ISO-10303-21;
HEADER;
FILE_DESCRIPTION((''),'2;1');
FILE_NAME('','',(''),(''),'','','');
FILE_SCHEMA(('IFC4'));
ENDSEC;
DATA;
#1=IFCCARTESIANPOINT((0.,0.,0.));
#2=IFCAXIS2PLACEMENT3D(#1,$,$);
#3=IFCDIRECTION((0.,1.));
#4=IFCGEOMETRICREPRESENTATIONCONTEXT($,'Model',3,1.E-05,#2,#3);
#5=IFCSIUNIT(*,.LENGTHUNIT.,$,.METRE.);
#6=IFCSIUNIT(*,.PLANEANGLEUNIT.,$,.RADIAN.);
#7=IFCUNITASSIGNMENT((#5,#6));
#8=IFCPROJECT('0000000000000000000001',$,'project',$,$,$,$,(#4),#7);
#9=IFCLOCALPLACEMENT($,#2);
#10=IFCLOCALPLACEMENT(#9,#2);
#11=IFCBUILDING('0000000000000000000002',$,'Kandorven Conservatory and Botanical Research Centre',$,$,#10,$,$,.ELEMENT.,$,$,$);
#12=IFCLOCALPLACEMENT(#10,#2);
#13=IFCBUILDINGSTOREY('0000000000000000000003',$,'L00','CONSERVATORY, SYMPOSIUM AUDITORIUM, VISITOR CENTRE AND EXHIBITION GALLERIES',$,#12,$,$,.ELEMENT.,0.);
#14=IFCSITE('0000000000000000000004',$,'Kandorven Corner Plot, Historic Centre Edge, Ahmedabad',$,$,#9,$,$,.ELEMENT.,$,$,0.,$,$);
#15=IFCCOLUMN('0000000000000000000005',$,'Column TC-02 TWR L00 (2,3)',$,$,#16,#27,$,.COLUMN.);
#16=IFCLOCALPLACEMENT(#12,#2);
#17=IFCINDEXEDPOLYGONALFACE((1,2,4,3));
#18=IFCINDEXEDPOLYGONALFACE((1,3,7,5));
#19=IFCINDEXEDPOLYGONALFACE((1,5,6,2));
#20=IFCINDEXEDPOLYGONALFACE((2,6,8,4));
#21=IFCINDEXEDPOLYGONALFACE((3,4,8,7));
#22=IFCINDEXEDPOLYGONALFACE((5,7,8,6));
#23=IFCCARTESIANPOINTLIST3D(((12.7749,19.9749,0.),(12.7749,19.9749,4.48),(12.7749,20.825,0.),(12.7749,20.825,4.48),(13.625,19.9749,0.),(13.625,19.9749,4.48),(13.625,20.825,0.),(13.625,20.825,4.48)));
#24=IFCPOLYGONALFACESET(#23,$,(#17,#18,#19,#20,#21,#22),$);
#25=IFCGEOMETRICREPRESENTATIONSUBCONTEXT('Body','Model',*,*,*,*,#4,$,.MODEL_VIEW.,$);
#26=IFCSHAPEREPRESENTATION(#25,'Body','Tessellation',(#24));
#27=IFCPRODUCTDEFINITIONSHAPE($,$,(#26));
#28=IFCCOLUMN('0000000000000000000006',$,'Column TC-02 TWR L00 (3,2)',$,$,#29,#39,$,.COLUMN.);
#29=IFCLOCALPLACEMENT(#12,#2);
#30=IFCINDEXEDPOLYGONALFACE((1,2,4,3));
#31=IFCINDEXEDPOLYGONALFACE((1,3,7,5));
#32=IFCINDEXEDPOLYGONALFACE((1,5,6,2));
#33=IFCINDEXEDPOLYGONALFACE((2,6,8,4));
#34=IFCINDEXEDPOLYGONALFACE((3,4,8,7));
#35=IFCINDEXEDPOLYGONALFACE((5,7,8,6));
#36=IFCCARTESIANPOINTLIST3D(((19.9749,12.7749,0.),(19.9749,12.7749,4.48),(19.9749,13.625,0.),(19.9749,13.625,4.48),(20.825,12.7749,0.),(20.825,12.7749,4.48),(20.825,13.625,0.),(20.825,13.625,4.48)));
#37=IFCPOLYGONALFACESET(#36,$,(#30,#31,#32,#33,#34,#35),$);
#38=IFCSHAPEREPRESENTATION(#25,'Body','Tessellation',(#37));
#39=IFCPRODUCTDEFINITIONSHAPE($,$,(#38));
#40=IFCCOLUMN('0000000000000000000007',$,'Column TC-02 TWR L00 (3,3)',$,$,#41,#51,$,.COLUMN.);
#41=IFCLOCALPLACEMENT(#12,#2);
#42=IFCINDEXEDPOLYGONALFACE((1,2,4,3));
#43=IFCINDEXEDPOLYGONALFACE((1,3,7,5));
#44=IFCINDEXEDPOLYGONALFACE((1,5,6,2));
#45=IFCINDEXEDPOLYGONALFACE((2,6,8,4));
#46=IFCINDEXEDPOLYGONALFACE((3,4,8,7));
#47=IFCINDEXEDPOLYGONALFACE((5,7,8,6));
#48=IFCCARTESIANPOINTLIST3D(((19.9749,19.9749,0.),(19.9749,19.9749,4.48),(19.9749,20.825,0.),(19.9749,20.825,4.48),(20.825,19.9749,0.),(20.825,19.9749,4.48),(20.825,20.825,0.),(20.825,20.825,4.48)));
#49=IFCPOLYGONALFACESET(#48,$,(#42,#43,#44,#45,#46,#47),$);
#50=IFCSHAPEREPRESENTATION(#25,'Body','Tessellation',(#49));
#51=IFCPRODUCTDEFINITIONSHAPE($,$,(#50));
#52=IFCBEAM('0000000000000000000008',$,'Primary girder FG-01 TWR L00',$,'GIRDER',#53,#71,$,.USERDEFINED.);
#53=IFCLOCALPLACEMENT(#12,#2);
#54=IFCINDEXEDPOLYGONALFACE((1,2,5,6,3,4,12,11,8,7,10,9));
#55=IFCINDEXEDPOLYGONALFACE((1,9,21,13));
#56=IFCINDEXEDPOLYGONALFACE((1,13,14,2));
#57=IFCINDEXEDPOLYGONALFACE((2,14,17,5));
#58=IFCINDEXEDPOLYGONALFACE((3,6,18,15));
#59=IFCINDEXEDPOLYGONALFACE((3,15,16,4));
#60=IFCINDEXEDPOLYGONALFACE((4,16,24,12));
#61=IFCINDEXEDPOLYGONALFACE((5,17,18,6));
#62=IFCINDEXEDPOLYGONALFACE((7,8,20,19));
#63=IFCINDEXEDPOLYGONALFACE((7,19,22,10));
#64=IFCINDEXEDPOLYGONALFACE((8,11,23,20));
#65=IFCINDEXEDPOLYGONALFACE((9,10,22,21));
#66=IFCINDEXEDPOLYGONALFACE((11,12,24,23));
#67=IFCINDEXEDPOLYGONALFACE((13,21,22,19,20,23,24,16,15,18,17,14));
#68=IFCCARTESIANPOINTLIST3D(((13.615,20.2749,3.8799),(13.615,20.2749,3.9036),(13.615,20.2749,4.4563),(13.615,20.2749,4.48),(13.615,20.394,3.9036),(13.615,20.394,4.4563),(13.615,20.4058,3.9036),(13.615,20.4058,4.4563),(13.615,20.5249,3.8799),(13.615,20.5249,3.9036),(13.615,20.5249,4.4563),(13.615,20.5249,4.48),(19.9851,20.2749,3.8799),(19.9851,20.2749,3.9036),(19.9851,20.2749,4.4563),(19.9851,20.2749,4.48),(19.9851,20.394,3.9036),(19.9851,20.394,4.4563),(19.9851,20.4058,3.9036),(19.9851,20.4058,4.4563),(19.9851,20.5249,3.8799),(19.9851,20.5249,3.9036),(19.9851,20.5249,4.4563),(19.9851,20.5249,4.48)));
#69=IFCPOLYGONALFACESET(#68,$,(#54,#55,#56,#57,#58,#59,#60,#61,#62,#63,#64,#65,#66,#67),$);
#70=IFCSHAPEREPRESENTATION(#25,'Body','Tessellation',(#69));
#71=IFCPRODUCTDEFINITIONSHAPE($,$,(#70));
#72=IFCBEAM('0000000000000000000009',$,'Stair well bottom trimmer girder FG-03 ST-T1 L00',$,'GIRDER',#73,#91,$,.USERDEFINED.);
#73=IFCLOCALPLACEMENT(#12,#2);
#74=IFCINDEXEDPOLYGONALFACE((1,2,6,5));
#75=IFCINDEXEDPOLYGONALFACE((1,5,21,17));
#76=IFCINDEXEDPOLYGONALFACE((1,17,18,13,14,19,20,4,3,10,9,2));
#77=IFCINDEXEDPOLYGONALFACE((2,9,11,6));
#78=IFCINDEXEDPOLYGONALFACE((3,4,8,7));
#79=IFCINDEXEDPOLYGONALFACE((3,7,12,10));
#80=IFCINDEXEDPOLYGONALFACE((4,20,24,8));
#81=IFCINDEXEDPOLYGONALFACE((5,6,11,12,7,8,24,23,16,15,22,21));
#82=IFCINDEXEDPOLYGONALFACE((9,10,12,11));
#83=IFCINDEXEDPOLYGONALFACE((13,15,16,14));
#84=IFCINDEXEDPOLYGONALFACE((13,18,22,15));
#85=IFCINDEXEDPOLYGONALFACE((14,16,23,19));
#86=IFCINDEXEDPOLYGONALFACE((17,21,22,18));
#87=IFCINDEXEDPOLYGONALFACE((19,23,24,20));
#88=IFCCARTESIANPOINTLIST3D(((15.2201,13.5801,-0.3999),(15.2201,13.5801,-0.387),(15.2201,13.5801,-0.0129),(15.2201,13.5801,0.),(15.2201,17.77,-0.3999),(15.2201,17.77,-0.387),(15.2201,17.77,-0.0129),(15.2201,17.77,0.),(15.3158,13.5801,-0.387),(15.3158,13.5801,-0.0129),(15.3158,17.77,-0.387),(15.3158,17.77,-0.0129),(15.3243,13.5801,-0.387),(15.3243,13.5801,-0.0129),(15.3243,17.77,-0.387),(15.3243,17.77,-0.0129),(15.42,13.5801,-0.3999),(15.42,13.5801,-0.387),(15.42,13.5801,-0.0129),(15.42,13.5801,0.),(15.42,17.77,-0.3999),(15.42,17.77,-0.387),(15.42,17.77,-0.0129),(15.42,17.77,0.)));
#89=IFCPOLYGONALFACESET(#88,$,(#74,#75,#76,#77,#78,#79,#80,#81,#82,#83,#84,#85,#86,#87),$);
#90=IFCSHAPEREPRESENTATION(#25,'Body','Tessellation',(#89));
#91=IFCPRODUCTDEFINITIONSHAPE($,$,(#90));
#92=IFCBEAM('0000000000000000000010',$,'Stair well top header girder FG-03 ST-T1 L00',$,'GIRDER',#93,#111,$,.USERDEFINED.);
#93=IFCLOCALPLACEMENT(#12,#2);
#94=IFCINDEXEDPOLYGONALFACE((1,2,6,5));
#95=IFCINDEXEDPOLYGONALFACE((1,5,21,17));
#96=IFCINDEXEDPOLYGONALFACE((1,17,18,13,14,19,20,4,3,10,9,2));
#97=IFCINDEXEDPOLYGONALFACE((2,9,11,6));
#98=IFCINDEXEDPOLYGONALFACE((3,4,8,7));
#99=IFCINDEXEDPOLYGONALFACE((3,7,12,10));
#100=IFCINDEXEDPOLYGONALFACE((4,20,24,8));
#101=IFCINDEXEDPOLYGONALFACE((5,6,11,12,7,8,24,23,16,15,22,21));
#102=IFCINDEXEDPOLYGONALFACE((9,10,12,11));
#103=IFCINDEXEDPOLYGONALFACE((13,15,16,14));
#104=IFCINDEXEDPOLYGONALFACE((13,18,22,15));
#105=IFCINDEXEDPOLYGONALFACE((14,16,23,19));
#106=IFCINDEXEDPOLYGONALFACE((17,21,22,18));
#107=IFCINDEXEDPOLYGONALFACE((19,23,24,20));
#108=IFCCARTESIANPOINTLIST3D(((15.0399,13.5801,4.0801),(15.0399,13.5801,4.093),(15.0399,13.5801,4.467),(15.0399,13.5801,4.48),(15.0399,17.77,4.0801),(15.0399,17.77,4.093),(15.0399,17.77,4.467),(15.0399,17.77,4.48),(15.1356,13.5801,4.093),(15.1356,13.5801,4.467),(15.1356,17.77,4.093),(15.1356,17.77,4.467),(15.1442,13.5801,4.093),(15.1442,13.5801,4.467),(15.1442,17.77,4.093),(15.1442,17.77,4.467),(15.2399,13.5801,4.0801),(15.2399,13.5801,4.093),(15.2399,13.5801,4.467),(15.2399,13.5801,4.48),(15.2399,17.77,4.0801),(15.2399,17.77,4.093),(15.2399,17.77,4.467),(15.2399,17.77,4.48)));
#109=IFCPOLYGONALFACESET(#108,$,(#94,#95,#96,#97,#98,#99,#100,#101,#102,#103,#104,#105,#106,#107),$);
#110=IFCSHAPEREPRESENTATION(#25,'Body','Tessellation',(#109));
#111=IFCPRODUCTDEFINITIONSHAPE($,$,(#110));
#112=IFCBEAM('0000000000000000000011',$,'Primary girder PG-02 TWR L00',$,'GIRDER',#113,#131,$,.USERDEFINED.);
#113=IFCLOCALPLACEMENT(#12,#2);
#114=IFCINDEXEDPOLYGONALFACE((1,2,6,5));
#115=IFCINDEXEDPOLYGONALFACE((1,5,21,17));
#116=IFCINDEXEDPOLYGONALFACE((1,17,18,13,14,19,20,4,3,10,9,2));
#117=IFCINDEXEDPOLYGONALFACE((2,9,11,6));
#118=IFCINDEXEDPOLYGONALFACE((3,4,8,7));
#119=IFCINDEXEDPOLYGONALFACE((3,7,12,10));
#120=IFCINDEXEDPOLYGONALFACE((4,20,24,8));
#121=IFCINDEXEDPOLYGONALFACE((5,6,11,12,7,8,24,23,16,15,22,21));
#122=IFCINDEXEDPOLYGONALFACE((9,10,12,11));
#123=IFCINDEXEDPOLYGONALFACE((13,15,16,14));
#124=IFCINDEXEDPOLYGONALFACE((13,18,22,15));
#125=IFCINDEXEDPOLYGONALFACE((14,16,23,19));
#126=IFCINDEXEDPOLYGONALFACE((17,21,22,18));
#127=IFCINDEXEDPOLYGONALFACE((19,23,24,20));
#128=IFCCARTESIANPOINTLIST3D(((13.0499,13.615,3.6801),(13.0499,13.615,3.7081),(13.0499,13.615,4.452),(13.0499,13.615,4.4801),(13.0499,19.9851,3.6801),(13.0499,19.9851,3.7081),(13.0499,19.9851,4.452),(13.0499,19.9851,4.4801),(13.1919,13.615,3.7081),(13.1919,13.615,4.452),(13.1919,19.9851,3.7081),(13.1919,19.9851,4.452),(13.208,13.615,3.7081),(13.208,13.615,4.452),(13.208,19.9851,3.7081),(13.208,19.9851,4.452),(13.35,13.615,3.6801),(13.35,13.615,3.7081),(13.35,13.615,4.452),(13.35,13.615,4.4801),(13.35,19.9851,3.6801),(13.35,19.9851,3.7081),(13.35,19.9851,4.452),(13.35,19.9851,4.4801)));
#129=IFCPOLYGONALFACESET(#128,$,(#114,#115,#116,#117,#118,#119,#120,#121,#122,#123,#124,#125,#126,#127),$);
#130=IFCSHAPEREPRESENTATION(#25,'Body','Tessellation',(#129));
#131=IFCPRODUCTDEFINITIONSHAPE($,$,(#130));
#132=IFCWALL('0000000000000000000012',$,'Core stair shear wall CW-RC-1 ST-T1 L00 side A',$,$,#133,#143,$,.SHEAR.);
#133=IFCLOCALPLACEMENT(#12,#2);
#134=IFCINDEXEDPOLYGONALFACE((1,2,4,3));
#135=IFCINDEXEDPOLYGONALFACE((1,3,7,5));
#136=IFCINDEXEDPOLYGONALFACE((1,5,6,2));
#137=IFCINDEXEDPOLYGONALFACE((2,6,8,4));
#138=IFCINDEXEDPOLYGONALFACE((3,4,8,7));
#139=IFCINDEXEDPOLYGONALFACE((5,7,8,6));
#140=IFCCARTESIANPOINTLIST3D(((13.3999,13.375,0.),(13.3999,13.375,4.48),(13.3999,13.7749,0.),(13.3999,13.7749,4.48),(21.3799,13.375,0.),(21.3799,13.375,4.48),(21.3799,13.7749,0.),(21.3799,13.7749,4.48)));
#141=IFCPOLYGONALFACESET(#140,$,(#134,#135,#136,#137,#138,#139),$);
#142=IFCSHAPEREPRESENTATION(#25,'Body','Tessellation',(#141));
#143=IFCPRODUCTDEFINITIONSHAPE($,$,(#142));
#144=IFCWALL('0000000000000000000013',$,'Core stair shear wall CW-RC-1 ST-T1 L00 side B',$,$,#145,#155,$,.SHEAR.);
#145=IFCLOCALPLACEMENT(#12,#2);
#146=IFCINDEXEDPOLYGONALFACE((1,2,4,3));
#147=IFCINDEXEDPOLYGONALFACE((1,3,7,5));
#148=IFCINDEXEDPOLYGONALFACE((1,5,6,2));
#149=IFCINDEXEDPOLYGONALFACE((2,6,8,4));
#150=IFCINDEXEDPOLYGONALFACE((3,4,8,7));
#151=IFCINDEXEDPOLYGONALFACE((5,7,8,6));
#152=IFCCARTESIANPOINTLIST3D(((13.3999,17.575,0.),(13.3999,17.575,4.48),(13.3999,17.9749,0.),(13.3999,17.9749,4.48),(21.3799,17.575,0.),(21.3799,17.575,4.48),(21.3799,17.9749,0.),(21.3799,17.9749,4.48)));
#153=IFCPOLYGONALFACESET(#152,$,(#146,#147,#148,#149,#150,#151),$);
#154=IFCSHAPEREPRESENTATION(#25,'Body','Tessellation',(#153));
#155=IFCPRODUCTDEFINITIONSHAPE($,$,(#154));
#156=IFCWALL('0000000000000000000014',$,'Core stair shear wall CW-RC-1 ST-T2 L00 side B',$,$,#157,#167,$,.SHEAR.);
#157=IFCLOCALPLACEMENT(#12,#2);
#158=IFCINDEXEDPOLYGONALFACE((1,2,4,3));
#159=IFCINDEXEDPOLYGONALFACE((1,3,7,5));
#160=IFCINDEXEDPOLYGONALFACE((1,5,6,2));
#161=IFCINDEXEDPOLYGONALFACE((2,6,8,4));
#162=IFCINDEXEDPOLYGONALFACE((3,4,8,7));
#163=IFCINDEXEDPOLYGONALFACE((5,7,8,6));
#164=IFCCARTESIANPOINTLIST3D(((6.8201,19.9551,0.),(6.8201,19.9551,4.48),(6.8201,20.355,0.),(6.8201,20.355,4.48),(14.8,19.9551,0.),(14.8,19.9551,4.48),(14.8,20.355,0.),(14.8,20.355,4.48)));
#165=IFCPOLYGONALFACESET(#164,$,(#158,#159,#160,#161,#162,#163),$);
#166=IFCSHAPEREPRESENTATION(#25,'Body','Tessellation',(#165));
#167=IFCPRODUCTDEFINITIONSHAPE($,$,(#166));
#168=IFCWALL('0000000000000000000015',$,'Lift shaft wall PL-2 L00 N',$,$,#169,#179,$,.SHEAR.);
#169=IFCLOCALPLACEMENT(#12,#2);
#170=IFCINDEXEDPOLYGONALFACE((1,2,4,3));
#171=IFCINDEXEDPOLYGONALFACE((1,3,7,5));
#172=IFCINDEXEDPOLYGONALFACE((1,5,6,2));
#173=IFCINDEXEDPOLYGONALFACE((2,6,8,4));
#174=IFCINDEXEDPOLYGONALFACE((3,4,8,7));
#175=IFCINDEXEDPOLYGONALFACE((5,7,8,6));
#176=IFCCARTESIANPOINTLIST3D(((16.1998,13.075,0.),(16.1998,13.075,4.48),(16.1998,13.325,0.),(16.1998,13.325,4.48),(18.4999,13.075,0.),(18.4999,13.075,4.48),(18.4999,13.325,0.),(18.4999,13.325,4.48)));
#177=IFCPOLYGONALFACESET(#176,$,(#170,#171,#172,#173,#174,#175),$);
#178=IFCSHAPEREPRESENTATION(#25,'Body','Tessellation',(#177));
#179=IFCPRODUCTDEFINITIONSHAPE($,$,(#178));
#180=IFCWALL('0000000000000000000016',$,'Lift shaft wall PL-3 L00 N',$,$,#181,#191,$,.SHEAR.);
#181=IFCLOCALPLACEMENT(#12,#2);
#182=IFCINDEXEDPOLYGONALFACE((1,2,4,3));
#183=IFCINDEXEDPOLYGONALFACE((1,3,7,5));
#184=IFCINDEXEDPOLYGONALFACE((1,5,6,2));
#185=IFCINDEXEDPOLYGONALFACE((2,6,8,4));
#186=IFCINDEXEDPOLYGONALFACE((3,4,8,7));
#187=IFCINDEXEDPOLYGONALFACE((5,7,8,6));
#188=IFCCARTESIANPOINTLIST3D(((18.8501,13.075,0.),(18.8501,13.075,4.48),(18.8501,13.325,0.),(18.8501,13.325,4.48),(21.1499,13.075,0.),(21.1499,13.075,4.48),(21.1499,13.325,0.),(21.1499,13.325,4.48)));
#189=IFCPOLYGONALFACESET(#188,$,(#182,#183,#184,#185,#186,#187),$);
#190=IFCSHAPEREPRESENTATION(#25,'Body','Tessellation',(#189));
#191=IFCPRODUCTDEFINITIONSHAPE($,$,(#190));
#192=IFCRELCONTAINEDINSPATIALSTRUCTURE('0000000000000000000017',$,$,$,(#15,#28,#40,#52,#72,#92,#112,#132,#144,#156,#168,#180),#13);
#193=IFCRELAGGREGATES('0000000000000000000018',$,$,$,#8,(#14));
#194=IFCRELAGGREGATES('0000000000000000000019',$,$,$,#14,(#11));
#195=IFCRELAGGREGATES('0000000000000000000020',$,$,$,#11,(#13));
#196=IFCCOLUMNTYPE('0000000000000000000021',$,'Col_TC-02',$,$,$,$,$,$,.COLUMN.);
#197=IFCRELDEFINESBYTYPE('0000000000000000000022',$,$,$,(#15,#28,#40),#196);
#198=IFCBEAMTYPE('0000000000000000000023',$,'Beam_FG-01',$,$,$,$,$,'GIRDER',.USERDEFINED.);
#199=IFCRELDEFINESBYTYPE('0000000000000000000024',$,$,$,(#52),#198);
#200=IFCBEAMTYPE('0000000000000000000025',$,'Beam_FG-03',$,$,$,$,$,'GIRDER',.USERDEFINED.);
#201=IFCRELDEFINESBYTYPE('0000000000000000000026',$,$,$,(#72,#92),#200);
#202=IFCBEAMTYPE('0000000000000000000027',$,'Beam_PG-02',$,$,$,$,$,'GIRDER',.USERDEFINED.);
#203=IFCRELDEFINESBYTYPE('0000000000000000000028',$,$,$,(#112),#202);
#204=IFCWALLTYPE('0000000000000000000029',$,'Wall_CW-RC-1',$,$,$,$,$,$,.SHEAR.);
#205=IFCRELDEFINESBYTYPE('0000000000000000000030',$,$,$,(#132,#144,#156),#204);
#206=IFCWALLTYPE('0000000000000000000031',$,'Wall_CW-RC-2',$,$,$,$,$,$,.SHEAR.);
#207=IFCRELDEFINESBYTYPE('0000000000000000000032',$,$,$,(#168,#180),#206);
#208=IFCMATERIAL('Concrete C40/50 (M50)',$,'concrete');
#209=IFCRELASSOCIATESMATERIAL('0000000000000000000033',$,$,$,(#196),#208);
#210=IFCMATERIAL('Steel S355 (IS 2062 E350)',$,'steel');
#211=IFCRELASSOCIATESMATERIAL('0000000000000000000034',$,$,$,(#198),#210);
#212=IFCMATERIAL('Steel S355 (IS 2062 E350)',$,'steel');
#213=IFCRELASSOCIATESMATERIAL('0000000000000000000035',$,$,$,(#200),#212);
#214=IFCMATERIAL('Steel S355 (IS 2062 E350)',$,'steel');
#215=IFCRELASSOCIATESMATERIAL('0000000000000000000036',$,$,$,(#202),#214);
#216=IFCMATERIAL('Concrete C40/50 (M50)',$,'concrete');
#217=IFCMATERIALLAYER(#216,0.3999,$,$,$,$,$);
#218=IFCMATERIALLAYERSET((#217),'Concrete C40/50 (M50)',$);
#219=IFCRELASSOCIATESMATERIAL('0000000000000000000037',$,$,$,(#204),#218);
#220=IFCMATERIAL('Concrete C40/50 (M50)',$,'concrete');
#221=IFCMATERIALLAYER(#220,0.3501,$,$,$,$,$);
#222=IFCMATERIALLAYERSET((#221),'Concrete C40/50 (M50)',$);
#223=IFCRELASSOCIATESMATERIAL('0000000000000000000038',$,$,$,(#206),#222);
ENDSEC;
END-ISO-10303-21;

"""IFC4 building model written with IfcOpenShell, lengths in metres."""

from ifc_helpers import new_model, si_unit, direction, frame, frame_2d, origin, origin_2d, place, context, subcontext, project, spatial, rectangle, i_section, extrude, material, layer, layer_set, material_profile, profile_set, type_object, element, save


model = new_model("IFC4")

# Units and contexts
model_context = context("Model", 3, precision=1e-05, world=origin(), true_north=direction((0.0, 1.0)))
body_context = subcontext(model_context, "Body", "Model", "MODEL_VIEW")
ifc_project = project(units=[si_unit("LENGTHUNIT", "METRE"), si_unit("PLANEANGLEUNIT", "RADIAN")], contexts=[model_context])

# Site, building, storey
site_placement = place(None, origin())
site = spatial("IfcSite", under=ifc_project, at=site_placement, Name="Kandorven Corner Plot, Historic Centre Edge, Ahmedabad", CompositionType="ELEMENT", RefElevation=0.0)
building_placement = place(site_placement, origin())
building = spatial("IfcBuilding", under=site, at=building_placement, Name="Kandorven Conservatory and Botanical Research Centre", CompositionType="ELEMENT")
storey_placement = place(building_placement, origin())
storey = spatial("IfcBuildingStorey", under=building, at=storey_placement, Name="L00", Description="CONSERVATORY, SYMPOSIUM AUDITORIUM, VISITOR CENTRE AND EXHIBITION GALLERIES", CompositionType="ELEMENT", Elevation=0.0)

# Columns
ifc_material_1 = material(Name="Concrete C40/50 (M50)", Category="concrete")
ifc_material_profile_1 = material_profile(ifc_material_1, rectangle(XDim=0.8501, YDim=0.8501, at=origin_2d()))
ifc_profile_set_1 = profile_set([ifc_material_profile_1], Name="Concrete C40/50 (M50)")
column_type = type_object("IfcColumnType", Name="Col_TC-02", PredefinedType="COLUMN", material=ifc_profile_set_1)
for number, where, z_axis, x_axis, name in (
    (1, (13.2, 20.3999, 0.0), (0.0, 0.0, 1.0), (1.0, 0.0, 0.0), "Column TC-02 TWR L00 (2,3)"),
    (2, (20.3999, 13.2, 0.0), (0.0, 0.0, 1.0), (1.0, 0.0, 0.0), "Column TC-02 TWR L00 (3,2)"),
    (3, (20.3999, 20.3999, 0.0), (0.0, 0.0, 1.0), (1.0, 0.0, 0.0), "Column TC-02 TWR L00 (3,3)"),
):
    element("IfcColumn", number, at=place(storey_placement, frame(where, z_axis=z_axis, x_axis=x_axis)), inside=storey, type_object=column_type, Name=name, PredefinedType="COLUMN", context=body_context, shape_type="SweptSolid", body=[
        extrude(rectangle(XDim=0.8501, YDim=0.8501, at=origin_2d()), origin(), (0.0, 0.0, 1.0), 4.48),
    ])

# Beams
ifc_material_2 = material(Name="Steel S355 (IS 2062 E350)", Category="steel")
ifc_material_profile_2 = material_profile(ifc_material_2, i_section(OverallWidth=0.25, OverallDepth=0.6001, WebThickness=0.0117, FlangeThickness=0.0237, at=origin_2d()))
ifc_profile_set_2 = profile_set([ifc_material_profile_2], Name="Steel S355 (IS 2062 E350)")
beam_type_1 = type_object("IfcBeamType", Name="Beam_FG-01", ElementType="GIRDER", PredefinedType="USERDEFINED", material=ifc_profile_set_2)
beam_1_placement = place(storey_placement, frame((13.615, 20.3999, 4.1799), z_axis=(1.0, 0.0, 0.0), x_axis=(0.0, 1.0, 0.0)))
element("IfcBeam", 4, at=beam_1_placement, inside=storey, type_object=beam_type_1, Name="Primary girder FG-01 TWR L00", ObjectType="GIRDER", PredefinedType="USERDEFINED", context=body_context, shape_type="SweptSolid", body=[
    extrude(i_section(OverallWidth=0.25, OverallDepth=0.6001, WebThickness=0.0117, FlangeThickness=0.0237, at=origin_2d()), origin(), (0.0, 0.0, 1.0), 6.3701),
])
ifc_material_3 = material(Name="Steel S355 (IS 2062 E350)", Category="steel")
ifc_material_profile_3 = material_profile(ifc_material_3, i_section(OverallWidth=0.2, OverallDepth=0.3999, WebThickness=0.0085, FlangeThickness=0.0129, at=origin_2d()))
ifc_profile_set_3 = profile_set([ifc_material_profile_3], Name="Steel S355 (IS 2062 E350)")
beam_type_2 = type_object("IfcBeamType", Name="Beam_FG-03", ElementType="GIRDER", PredefinedType="USERDEFINED", material=ifc_profile_set_3)
for number, where, z_axis, x_axis, name in (
    (5, (15.3201, 13.5801, -0.2), (0.0, 1.0, 0.0), (-1.0, 0.0, 0.0), "Stair well bottom trimmer girder FG-03 ST-T1 L00"),
    (6, (15.1399, 13.5801, 4.28), (0.0, 1.0, 0.0), (-1.0, 0.0, 0.0), "Stair well top header girder FG-03 ST-T1 L00"),
):
    element("IfcBeam", number, at=place(storey_placement, frame(where, z_axis=z_axis, x_axis=x_axis)), inside=storey, type_object=beam_type_2, Name=name, ObjectType="GIRDER", PredefinedType="USERDEFINED", context=body_context, shape_type="SweptSolid", body=[
        extrude(i_section(OverallWidth=0.2, OverallDepth=0.3999, WebThickness=0.0085, FlangeThickness=0.0129, at=origin_2d()), origin(), (0.0, 0.0, 1.0), 4.1899),
    ])
ifc_material_4 = material(Name="Steel S355 (IS 2062 E350)", Category="steel")
ifc_material_profile_4 = material_profile(ifc_material_4, i_section(OverallWidth=0.3, OverallDepth=0.8, WebThickness=0.0161, FlangeThickness=0.0281, at=origin_2d()))
ifc_profile_set_4 = profile_set([ifc_material_profile_4], Name="Steel S355 (IS 2062 E350)")
beam_type_3 = type_object("IfcBeamType", Name="Beam_PG-02", ElementType="GIRDER", PredefinedType="USERDEFINED", material=ifc_profile_set_4)
beam_2_placement = place(storey_placement, frame((13.2, 13.615, 4.0801), z_axis=(0.0, 1.0, 0.0), x_axis=(-1.0, 0.0, 0.0)))
element("IfcBeam", 7, at=beam_2_placement, inside=storey, type_object=beam_type_3, Name="Primary girder PG-02 TWR L00", ObjectType="GIRDER", PredefinedType="USERDEFINED", context=body_context, shape_type="SweptSolid", body=[
    extrude(i_section(OverallWidth=0.3, OverallDepth=0.8, WebThickness=0.0161, FlangeThickness=0.0281, at=origin_2d()), origin(), (0.0, 0.0, 1.0), 6.3701),
])

# Walls
ifc_material_5 = material(Name="Concrete C40/50 (M50)", Category="concrete")
ifc_layer_1 = layer(ifc_material_5, 0.3999)
ifc_layer_set_1 = layer_set([ifc_layer_1], Name="Concrete C40/50 (M50)")
wall_type_1 = type_object("IfcWallType", Name="Wall_CW-RC-1", PredefinedType="SHEAR", material=ifc_layer_set_1)
for number, where, z_axis, x_axis, name in (
    (8, (13.3999, 13.575, 0.0), (0.0, 0.0, 1.0), (1.0, 0.0, 0.0), "Core stair shear wall CW-RC-1 ST-T1 L00 side A"),
    (9, (13.3999, 17.7749, 0.0), (0.0, 0.0, 1.0), (1.0, 0.0, 0.0), "Core stair shear wall CW-RC-1 ST-T1 L00 side B"),
    (10, (14.8, 20.155, 0.0), (0.0, 0.0, 1.0), (-1.0, 0.0, 0.0), "Core stair shear wall CW-RC-1 ST-T2 L00 side B"),
):
    element("IfcWall", number, at=place(storey_placement, frame(where, z_axis=z_axis, x_axis=x_axis)), inside=storey, type_object=wall_type_1, Name=name, PredefinedType="SHEAR", context=body_context, shape_type="SweptSolid", body=[
        extrude(rectangle(XDim=7.98, YDim=0.3999, at=frame_2d((3.99, 0.0))), origin(), (0.0, 0.0, 1.0), 4.48),
    ])
ifc_material_6 = material(Name="Concrete C40/50 (M50)", Category="concrete")
ifc_layer_2 = layer(ifc_material_6, 0.3501)
ifc_layer_set_2 = layer_set([ifc_layer_2], Name="Concrete C40/50 (M50)")
wall_type_2 = type_object("IfcWallType", Name="Wall_CW-RC-2", PredefinedType="SHEAR", material=ifc_layer_set_2)
wall_1_placement = place(storey_placement, frame((16.2, 13.2, 0.0), z_axis=(0.0, 0.0, 1.0), x_axis=(1.0, 0.0, 0.0)))
element("IfcWall", 11, at=wall_1_placement, inside=storey, type_object=wall_type_2, Name="Lift shaft wall PL-2 L00 N", PredefinedType="SHEAR", context=body_context, shape_type="SweptSolid", body=[
    extrude(rectangle(XDim=2.3, YDim=0.25, at=frame_2d((1.1499, 0.0))), origin(), (0.0, 0.0, 1.0), 4.48),
])
wall_2_placement = place(storey_placement, frame((18.8501, 13.2, 0.0), z_axis=(0.0, 0.0, 1.0), x_axis=(1.0, 0.0, 0.0)))
element("IfcWall", 12, at=wall_2_placement, inside=storey, type_object=wall_type_2, Name="Lift shaft wall PL-3 L00 N", PredefinedType="SHEAR", context=body_context, shape_type="SweptSolid", body=[
    extrude(rectangle(XDim=2.2998, YDim=0.25, at=frame_2d((1.1499, 0.0))), origin(), (0.0, 0.0, 1.0), 4.48),
])

save(model, "model.ifc")
